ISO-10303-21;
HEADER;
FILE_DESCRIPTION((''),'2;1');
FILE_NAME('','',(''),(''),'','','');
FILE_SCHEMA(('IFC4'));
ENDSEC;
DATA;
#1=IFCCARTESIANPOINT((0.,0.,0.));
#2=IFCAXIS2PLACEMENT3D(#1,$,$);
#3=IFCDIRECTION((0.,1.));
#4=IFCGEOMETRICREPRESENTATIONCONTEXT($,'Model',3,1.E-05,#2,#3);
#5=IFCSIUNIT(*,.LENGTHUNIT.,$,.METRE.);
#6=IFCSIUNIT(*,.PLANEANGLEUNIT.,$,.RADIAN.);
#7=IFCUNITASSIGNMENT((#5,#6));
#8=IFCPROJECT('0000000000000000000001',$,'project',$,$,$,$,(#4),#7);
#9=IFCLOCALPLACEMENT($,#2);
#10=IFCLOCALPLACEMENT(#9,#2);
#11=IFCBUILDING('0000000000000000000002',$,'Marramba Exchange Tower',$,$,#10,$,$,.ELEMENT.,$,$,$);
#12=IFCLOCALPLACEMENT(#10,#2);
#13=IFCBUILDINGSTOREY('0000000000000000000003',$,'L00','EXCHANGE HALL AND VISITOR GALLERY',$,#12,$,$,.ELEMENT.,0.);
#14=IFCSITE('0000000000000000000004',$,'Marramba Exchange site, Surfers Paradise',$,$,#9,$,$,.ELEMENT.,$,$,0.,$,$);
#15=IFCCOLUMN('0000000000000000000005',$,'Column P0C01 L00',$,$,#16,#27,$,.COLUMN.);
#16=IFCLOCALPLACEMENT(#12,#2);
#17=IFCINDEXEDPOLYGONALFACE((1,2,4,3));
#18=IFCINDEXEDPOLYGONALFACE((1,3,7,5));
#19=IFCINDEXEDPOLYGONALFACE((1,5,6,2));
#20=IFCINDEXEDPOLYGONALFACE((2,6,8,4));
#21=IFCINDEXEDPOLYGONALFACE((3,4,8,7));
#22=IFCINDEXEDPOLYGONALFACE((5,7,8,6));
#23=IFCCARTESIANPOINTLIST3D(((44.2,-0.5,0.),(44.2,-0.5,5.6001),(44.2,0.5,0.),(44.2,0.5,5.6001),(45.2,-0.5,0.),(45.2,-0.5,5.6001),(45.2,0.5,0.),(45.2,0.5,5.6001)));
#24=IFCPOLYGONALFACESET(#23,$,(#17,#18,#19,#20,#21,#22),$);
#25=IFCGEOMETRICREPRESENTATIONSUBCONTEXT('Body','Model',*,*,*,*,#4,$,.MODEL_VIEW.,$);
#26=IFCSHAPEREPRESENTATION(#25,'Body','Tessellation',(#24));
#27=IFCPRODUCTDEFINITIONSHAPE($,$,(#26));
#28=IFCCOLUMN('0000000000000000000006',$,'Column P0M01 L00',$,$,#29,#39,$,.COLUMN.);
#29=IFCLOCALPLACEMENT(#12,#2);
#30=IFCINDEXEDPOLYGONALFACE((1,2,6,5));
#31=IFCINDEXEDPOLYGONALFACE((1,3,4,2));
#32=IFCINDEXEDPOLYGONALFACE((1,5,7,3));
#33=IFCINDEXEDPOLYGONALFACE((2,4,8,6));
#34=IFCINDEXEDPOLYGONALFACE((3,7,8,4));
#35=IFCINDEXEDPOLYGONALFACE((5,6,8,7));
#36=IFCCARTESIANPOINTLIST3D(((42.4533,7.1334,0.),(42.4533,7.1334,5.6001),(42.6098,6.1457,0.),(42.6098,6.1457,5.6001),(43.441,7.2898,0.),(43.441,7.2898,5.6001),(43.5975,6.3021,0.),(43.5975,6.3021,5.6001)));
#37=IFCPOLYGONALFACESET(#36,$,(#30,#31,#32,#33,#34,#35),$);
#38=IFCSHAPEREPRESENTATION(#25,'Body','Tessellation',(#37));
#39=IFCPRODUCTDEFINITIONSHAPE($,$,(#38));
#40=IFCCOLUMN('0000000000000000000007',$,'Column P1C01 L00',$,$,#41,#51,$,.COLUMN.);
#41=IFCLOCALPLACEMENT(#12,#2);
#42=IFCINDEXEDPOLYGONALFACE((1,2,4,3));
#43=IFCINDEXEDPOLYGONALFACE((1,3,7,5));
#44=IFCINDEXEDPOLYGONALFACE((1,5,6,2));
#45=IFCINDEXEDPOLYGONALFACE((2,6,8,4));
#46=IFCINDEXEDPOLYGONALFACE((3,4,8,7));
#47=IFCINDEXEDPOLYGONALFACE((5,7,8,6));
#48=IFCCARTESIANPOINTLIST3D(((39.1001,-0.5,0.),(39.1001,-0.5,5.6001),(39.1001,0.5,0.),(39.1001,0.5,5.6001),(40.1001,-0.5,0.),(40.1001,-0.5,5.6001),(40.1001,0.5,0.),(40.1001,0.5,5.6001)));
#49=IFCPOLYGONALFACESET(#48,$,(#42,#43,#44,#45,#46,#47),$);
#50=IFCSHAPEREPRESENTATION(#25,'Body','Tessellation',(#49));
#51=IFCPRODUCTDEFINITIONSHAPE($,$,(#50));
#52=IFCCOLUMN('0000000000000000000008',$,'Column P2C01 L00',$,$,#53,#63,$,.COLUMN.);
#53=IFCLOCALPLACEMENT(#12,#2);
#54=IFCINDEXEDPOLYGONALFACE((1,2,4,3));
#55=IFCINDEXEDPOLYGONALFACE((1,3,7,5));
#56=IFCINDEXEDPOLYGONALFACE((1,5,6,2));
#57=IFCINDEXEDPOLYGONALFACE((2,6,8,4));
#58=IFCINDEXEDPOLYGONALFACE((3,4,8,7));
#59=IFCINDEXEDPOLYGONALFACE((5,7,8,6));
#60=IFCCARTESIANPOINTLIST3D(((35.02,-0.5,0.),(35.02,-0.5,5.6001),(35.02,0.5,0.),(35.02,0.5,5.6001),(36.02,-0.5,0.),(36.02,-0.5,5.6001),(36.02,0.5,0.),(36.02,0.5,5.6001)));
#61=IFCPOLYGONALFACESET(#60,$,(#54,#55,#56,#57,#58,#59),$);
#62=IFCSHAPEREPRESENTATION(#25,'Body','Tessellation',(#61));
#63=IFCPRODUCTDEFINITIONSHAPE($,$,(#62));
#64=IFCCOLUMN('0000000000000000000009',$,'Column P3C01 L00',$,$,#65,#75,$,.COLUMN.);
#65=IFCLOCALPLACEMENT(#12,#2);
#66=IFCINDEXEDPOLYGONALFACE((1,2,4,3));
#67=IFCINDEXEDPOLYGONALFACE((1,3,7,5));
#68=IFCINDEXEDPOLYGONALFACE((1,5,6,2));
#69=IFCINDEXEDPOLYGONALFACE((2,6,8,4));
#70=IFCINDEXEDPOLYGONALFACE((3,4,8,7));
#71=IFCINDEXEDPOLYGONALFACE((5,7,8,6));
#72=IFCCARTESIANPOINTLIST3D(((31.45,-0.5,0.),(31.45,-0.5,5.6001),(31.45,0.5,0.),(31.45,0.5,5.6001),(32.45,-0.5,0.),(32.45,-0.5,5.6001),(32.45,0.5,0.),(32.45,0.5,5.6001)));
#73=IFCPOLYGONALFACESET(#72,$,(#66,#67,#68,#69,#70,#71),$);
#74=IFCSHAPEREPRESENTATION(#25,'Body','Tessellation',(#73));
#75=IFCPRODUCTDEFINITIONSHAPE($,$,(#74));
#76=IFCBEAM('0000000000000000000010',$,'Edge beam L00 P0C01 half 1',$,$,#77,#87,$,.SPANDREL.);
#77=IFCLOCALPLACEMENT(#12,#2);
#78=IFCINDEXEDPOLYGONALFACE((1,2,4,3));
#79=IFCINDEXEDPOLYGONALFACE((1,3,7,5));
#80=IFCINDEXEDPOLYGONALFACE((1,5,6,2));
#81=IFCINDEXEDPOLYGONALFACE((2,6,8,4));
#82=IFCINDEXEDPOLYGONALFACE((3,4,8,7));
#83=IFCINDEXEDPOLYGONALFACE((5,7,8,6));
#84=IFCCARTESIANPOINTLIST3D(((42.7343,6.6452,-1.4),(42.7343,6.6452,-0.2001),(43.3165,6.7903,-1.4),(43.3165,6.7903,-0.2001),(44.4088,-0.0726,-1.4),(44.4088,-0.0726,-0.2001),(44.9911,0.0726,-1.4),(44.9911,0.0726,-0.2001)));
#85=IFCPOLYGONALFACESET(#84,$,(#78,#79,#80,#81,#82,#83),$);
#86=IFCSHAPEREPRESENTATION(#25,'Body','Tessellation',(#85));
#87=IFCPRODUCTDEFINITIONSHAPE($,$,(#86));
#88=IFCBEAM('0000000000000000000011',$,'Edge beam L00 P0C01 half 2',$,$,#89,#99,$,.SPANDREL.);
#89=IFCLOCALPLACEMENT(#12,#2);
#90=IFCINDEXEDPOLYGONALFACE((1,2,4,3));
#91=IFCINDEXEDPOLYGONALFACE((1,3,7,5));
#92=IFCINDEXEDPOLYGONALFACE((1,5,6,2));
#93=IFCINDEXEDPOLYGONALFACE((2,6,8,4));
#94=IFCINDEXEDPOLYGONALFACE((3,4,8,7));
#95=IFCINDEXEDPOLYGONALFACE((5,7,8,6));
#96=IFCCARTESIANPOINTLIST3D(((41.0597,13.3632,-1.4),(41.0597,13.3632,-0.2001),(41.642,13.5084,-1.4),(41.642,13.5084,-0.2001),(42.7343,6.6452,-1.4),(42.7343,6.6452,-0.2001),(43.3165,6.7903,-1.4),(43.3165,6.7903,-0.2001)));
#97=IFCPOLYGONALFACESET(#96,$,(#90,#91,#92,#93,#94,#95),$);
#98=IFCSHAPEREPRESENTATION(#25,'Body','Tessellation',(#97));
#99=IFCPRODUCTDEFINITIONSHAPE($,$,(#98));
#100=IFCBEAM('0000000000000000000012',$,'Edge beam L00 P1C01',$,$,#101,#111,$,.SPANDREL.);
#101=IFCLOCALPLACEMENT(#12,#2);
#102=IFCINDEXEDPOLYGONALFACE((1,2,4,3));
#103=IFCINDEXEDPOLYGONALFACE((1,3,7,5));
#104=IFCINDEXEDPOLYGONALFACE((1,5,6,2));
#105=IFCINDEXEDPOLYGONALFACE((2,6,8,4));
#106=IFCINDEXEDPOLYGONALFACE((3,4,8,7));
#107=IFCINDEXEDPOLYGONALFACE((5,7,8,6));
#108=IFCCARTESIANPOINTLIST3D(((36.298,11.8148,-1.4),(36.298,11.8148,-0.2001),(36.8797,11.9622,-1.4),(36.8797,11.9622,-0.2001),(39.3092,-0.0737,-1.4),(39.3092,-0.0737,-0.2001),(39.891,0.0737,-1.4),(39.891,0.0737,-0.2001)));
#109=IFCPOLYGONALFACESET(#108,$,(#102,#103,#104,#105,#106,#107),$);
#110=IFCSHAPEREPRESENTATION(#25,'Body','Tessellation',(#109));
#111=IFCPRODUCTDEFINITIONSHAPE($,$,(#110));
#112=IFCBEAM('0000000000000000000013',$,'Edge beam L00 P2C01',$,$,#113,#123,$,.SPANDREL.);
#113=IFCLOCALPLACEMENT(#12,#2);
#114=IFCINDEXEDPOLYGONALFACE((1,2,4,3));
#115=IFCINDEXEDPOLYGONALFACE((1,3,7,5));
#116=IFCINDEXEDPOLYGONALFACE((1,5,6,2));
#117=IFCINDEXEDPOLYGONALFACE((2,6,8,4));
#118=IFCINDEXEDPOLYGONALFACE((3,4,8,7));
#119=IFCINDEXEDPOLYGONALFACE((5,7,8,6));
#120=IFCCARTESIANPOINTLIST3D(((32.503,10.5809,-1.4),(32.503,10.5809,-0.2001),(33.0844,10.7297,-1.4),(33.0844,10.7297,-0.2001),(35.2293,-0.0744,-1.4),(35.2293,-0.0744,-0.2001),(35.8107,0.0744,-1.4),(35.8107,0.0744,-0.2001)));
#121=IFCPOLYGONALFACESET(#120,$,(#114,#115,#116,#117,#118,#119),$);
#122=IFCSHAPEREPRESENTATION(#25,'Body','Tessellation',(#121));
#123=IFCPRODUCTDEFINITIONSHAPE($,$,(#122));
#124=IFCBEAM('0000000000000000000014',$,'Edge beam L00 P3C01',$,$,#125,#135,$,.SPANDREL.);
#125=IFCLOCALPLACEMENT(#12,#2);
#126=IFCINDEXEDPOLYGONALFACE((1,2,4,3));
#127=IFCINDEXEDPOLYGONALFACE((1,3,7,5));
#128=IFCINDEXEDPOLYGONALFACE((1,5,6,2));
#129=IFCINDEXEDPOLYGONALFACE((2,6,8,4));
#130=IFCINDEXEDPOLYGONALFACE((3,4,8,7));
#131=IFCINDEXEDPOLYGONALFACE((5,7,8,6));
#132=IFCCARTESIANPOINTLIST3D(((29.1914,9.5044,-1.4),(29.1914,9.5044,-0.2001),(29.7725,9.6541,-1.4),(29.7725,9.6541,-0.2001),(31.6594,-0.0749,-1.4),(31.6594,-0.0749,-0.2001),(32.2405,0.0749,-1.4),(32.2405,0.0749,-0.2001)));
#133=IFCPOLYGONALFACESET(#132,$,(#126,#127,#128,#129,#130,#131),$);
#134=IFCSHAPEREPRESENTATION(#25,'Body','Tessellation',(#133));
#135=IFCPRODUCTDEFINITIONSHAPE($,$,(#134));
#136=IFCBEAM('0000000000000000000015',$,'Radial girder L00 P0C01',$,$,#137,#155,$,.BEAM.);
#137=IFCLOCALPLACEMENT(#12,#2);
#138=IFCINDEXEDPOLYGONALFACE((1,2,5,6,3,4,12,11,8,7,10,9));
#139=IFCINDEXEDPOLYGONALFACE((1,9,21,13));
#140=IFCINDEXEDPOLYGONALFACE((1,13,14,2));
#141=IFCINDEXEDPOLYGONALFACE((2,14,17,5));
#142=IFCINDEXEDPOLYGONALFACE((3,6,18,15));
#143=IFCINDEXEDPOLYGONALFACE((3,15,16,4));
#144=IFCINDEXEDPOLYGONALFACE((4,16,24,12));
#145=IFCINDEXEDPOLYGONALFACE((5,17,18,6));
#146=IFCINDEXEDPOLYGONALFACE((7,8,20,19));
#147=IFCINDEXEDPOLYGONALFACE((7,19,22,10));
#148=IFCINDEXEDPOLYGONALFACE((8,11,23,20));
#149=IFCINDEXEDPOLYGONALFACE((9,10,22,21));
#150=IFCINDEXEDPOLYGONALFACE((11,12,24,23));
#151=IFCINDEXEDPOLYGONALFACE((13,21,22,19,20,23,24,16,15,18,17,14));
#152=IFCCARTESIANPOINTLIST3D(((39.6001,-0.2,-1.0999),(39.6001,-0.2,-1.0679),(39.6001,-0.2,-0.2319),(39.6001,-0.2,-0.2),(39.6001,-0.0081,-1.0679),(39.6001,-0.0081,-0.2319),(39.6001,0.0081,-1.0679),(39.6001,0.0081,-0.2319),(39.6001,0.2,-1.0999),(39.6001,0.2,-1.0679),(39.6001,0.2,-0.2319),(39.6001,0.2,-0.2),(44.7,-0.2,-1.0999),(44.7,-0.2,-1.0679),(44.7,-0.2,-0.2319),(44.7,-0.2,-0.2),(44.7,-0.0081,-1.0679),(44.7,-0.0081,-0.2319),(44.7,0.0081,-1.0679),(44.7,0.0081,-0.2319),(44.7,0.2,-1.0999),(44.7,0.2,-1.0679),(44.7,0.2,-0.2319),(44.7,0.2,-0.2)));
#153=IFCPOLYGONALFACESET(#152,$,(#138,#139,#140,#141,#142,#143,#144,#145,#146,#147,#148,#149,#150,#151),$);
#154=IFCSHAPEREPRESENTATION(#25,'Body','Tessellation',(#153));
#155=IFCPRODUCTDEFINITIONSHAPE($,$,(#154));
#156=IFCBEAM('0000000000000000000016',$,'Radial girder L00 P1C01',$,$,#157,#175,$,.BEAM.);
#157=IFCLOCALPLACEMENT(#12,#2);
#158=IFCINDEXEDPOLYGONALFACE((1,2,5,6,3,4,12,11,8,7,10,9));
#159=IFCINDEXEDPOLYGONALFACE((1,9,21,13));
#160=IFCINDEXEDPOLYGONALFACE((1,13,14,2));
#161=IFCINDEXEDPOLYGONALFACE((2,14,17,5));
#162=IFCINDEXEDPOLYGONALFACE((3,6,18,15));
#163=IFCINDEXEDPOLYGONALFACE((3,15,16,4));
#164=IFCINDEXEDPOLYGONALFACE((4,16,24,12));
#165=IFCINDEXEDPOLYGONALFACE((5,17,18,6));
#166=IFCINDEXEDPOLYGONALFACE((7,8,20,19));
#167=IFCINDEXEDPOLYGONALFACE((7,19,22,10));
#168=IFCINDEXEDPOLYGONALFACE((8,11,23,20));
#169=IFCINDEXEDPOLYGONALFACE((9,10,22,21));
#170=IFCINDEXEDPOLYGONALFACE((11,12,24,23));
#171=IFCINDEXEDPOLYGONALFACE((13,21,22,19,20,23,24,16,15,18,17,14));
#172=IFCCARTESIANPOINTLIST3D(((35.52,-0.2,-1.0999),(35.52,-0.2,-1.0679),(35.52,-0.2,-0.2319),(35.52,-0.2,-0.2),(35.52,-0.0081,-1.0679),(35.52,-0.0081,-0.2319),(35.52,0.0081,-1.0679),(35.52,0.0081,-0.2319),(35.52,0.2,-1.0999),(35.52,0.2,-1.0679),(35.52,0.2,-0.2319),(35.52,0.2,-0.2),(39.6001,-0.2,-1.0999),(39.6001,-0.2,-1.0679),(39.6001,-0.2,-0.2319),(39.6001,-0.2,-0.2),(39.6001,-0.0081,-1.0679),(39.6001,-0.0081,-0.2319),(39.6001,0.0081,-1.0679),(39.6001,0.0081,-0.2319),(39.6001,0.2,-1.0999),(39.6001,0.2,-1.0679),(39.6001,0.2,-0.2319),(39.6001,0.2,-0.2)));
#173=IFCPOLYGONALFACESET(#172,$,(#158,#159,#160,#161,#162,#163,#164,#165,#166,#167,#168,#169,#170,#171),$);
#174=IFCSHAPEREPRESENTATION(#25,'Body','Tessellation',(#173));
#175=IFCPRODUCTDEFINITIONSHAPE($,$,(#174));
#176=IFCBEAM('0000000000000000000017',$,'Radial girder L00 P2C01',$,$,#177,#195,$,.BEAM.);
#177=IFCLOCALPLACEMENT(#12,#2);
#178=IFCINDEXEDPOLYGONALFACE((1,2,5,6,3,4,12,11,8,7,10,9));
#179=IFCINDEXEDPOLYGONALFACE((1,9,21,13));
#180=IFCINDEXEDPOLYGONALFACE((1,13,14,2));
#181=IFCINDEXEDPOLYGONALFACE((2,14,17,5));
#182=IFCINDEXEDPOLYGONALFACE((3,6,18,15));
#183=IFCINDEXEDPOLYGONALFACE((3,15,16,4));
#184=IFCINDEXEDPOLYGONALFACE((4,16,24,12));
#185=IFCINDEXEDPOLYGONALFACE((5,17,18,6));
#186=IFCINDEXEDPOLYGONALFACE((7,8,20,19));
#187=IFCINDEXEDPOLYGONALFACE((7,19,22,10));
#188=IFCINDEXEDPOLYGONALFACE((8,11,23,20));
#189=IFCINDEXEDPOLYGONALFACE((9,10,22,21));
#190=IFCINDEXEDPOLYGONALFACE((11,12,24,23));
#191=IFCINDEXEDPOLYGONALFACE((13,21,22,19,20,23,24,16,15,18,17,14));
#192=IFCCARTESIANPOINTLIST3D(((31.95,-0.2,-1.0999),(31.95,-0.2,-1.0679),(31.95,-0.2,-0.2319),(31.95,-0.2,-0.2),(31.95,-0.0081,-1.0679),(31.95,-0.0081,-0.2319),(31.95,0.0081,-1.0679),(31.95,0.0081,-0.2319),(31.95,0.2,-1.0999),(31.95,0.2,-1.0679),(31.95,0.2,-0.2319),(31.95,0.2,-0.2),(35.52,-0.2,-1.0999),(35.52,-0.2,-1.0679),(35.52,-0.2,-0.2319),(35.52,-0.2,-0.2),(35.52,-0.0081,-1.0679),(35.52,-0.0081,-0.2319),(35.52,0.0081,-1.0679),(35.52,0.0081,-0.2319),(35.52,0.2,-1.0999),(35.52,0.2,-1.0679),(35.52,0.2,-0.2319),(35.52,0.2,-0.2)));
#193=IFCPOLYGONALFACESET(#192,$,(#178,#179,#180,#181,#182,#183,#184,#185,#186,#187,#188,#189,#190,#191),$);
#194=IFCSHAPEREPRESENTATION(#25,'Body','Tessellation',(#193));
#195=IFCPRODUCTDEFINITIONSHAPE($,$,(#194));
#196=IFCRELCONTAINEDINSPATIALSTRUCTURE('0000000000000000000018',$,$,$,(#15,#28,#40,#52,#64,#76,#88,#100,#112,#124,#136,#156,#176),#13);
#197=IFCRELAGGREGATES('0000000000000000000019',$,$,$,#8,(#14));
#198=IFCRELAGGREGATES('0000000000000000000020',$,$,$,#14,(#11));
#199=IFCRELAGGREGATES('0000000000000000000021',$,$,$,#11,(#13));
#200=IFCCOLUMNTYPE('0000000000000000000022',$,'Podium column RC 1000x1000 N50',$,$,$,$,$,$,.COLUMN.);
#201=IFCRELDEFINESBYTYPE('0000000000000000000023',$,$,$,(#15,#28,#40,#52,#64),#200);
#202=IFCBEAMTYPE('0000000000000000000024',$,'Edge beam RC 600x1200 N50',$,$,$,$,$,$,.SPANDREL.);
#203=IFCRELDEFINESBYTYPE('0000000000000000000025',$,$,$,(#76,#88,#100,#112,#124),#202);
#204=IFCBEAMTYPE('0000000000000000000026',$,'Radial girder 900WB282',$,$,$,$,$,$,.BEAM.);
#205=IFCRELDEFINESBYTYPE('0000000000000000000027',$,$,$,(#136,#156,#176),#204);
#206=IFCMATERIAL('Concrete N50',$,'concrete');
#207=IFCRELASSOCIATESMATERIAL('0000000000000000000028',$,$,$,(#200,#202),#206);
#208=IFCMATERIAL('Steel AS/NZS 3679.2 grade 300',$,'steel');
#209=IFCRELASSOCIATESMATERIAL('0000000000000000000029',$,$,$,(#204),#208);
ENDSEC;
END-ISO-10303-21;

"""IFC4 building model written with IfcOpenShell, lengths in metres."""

from ifc_helpers import new_model, si_unit, direction, frame, origin, origin_2d, place, context, subcontext, project, spatial, rectangle, i_section, extrude, material, material_profile, profile_set, type_object, element, save


model = new_model("IFC4")

# Units and contexts
model_context = context("Model", 3, precision=1e-05, world=origin(), true_north=direction((0.0, 1.0)))
body_context = subcontext(model_context, "Body", "Model", "MODEL_VIEW")
ifc_project = project(units=[si_unit("LENGTHUNIT", "METRE"), si_unit("PLANEANGLEUNIT", "RADIAN")], contexts=[model_context])

# Site, building, storey
site_placement = place(None, origin())
site = spatial("IfcSite", under=ifc_project, at=site_placement, Name="Marramba Exchange site, Surfers Paradise", CompositionType="ELEMENT", RefElevation=0.0)
building_placement = place(site_placement, origin())
building = spatial("IfcBuilding", under=site, at=building_placement, Name="Marramba Exchange Tower", CompositionType="ELEMENT")
storey_placement = place(building_placement, origin())
storey = spatial("IfcBuildingStorey", under=building, at=storey_placement, Name="L00", Description="EXCHANGE HALL AND VISITOR GALLERY", CompositionType="ELEMENT", Elevation=0.0)

# Columns
ifc_material_1 = material(Name="Concrete N50", Category="concrete")
ifc_material_profile_1 = material_profile(ifc_material_1, rectangle(XDim=1.0, YDim=1.0, at=origin_2d()), Name="RC 1000x1000")
ifc_profile_set_1 = profile_set([ifc_material_profile_1], Name="Concrete N50")
column_type = type_object("IfcColumnType", Name="Podium column RC 1000x1000 N50", PredefinedType="COLUMN", material=ifc_profile_set_1)
for number, where, z_axis, x_axis, name in (
    (1, (44.7, 0.0, 0.0), (0.0, 0.0, 1.0), (1.0, 0.0, 0.0), "Column P0C01 L00"),
    (2, (43.0254, 6.7178, 0.0), (0.0, 0.0, 1.0), (0.987688, 0.156434, 0.0), "Column P0M01 L00"),
    (3, (39.6001, 0.0, 0.0), (0.0, 0.0, 1.0), (1.0, 0.0, 0.0), "Column P1C01 L00"),
    (4, (35.52, 0.0, 0.0), (0.0, 0.0, 1.0), (1.0, 0.0, 0.0), "Column P2C01 L00"),
    (5, (31.95, 0.0, 0.0), (0.0, 0.0, 1.0), (1.0, 0.0, 0.0), "Column P3C01 L00"),
):
    element("IfcColumn", number, at=place(storey_placement, frame(where, z_axis=z_axis, x_axis=x_axis)), inside=storey, type_object=column_type, Name=name, PredefinedType="COLUMN", context=body_context, shape_type="SweptSolid", body=[
        extrude(rectangle(XDim=1.0, YDim=1.0, at=origin_2d()), origin(), (0.0, 0.0, 1.0), 5.6001),
    ])

# Beams
ifc_material_profile_2 = material_profile(ifc_material_1, rectangle(XDim=0.6001, YDim=1.2, at=origin_2d()), Name="RC 600x1200")
ifc_profile_set_2 = profile_set([ifc_material_profile_2], Name="Concrete N50")
beam_type_1 = type_object("IfcBeamType", Name="Edge beam RC 600x1200 N50", PredefinedType="SPANDREL", material=ifc_profile_set_2)
beam_1_placement = place(storey_placement, frame((44.7, 0.0, -0.8), z_axis=(-0.241872, 0.970308, 0.0), x_axis=(-0.970308, -0.241872, 0.0)))
element("IfcBeam", 6, at=beam_1_placement, inside=storey, type_object=beam_type_1, Name="Edge beam L00 P0C01 half 1", PredefinedType="SPANDREL", context=body_context, shape_type="SweptSolid", body=[
    extrude(rectangle(XDim=0.6001, YDim=1.2, at=origin_2d()), origin(), (0.0, 0.0, 1.0), 6.9233),
])
beam_2_placement = place(storey_placement, frame((43.0254, 6.7178, -0.8), z_axis=(-0.241864, 0.97031, 0.0), x_axis=(-0.97031, -0.241864, 0.0)))
element("IfcBeam", 7, at=beam_2_placement, inside=storey, type_object=beam_type_1, Name="Edge beam L00 P0C01 half 2", PredefinedType="SPANDREL", context=body_context, shape_type="SweptSolid", body=[
    extrude(rectangle(XDim=0.6001, YDim=1.2, at=origin_2d()), origin(), (0.0, 0.0, 1.0), 6.9236),
])
beam_3_placement = place(storey_placement, frame((39.6001, 0.0, -0.8), z_axis=(-0.245537, 0.969387, 0.0), x_axis=(-0.969387, -0.245537, 0.0)))
element("IfcBeam", 8, at=beam_3_placement, inside=storey, type_object=beam_type_1, Name="Edge beam L00 P1C01", PredefinedType="SPANDREL", context=body_context, shape_type="SweptSolid", body=[
    extrude(rectangle(XDim=0.6001, YDim=1.2, at=origin_2d()), origin(), (0.0, 0.0, 1.0), 12.2639),
])
beam_4_placement = place(storey_placement, frame((35.52, 0.0, -0.8), z_axis=(-0.24788, 0.968791, 0.0), x_axis=(-0.968791, -0.24788, 0.0)))
element("IfcBeam", 9, at=beam_4_placement, inside=storey, type_object=beam_type_1, Name="Edge beam L00 P2C01", PredefinedType="SPANDREL", context=body_context, shape_type="SweptSolid", body=[
    extrude(rectangle(XDim=0.6001, YDim=1.2, at=origin_2d()), origin(), (0.0, 0.0, 1.0), 10.9985),
])
beam_5_placement = place(storey_placement, frame((31.95, 0.0, -0.8), z_axis=(-0.249492, 0.968377, 0.0), x_axis=(-0.968377, -0.249492, 0.0)))
element("IfcBeam", 10, at=beam_5_placement, inside=storey, type_object=beam_type_1, Name="Edge beam L00 P3C01", PredefinedType="SPANDREL", context=body_context, shape_type="SweptSolid", body=[
    extrude(rectangle(XDim=0.6001, YDim=1.2, at=origin_2d()), origin(), (0.0, 0.0, 1.0), 9.8921),
])
ifc_material_2 = material(Name="Steel AS/NZS 3679.2 grade 300", Category="steel")
ifc_material_profile_3 = material_profile(ifc_material_2, i_section(OverallWidth=0.3999, OverallDepth=0.8999, WebThickness=0.0161, FlangeThickness=0.032, at=origin_2d()), Name="900WB282")
ifc_profile_set_3 = profile_set([ifc_material_profile_3], Name="Steel AS/NZS 3679.2 grade 300")
beam_type_2 = type_object("IfcBeamType", Name="Radial girder 900WB282", PredefinedType="BEAM", material=ifc_profile_set_3)
beam_6_placement = place(storey_placement, frame((44.7, 0.0, -0.6499), z_axis=(-1.0, 0.0, 0.0), x_axis=(0.0, -1.0, 0.0)))
element("IfcBeam", 11, at=beam_6_placement, inside=storey, type_object=beam_type_2, Name="Radial girder L00 P0C01", PredefinedType="BEAM", context=body_context, shape_type="SweptSolid", body=[
    extrude(i_section(OverallWidth=0.3999, OverallDepth=0.8999, WebThickness=0.0161, FlangeThickness=0.032, at=origin_2d()), origin(), (0.0, 0.0, 1.0), 5.0999),
])
beam_7_placement = place(storey_placement, frame((39.6001, 0.0, -0.6499), z_axis=(-1.0, 0.0, 0.0), x_axis=(0.0, -1.0, 0.0)))
element("IfcBeam", 12, at=beam_7_placement, inside=storey, type_object=beam_type_2, Name="Radial girder L00 P1C01", PredefinedType="BEAM", context=body_context, shape_type="SweptSolid", body=[
    extrude(i_section(OverallWidth=0.3999, OverallDepth=0.8999, WebThickness=0.0161, FlangeThickness=0.032, at=origin_2d()), origin(), (0.0, 0.0, 1.0), 4.0801),
])
beam_8_placement = place(storey_placement, frame((35.52, 0.0, -0.6499), z_axis=(-1.0, 0.0, 0.0), x_axis=(0.0, -1.0, 0.0)))
element("IfcBeam", 13, at=beam_8_placement, inside=storey, type_object=beam_type_2, Name="Radial girder L00 P2C01", PredefinedType="BEAM", context=body_context, shape_type="SweptSolid", body=[
    extrude(i_section(OverallWidth=0.3999, OverallDepth=0.8999, WebThickness=0.0161, FlangeThickness=0.032, at=origin_2d()), origin(), (0.0, 0.0, 1.0), 3.5701),
])

save(model, "model.ifc")
